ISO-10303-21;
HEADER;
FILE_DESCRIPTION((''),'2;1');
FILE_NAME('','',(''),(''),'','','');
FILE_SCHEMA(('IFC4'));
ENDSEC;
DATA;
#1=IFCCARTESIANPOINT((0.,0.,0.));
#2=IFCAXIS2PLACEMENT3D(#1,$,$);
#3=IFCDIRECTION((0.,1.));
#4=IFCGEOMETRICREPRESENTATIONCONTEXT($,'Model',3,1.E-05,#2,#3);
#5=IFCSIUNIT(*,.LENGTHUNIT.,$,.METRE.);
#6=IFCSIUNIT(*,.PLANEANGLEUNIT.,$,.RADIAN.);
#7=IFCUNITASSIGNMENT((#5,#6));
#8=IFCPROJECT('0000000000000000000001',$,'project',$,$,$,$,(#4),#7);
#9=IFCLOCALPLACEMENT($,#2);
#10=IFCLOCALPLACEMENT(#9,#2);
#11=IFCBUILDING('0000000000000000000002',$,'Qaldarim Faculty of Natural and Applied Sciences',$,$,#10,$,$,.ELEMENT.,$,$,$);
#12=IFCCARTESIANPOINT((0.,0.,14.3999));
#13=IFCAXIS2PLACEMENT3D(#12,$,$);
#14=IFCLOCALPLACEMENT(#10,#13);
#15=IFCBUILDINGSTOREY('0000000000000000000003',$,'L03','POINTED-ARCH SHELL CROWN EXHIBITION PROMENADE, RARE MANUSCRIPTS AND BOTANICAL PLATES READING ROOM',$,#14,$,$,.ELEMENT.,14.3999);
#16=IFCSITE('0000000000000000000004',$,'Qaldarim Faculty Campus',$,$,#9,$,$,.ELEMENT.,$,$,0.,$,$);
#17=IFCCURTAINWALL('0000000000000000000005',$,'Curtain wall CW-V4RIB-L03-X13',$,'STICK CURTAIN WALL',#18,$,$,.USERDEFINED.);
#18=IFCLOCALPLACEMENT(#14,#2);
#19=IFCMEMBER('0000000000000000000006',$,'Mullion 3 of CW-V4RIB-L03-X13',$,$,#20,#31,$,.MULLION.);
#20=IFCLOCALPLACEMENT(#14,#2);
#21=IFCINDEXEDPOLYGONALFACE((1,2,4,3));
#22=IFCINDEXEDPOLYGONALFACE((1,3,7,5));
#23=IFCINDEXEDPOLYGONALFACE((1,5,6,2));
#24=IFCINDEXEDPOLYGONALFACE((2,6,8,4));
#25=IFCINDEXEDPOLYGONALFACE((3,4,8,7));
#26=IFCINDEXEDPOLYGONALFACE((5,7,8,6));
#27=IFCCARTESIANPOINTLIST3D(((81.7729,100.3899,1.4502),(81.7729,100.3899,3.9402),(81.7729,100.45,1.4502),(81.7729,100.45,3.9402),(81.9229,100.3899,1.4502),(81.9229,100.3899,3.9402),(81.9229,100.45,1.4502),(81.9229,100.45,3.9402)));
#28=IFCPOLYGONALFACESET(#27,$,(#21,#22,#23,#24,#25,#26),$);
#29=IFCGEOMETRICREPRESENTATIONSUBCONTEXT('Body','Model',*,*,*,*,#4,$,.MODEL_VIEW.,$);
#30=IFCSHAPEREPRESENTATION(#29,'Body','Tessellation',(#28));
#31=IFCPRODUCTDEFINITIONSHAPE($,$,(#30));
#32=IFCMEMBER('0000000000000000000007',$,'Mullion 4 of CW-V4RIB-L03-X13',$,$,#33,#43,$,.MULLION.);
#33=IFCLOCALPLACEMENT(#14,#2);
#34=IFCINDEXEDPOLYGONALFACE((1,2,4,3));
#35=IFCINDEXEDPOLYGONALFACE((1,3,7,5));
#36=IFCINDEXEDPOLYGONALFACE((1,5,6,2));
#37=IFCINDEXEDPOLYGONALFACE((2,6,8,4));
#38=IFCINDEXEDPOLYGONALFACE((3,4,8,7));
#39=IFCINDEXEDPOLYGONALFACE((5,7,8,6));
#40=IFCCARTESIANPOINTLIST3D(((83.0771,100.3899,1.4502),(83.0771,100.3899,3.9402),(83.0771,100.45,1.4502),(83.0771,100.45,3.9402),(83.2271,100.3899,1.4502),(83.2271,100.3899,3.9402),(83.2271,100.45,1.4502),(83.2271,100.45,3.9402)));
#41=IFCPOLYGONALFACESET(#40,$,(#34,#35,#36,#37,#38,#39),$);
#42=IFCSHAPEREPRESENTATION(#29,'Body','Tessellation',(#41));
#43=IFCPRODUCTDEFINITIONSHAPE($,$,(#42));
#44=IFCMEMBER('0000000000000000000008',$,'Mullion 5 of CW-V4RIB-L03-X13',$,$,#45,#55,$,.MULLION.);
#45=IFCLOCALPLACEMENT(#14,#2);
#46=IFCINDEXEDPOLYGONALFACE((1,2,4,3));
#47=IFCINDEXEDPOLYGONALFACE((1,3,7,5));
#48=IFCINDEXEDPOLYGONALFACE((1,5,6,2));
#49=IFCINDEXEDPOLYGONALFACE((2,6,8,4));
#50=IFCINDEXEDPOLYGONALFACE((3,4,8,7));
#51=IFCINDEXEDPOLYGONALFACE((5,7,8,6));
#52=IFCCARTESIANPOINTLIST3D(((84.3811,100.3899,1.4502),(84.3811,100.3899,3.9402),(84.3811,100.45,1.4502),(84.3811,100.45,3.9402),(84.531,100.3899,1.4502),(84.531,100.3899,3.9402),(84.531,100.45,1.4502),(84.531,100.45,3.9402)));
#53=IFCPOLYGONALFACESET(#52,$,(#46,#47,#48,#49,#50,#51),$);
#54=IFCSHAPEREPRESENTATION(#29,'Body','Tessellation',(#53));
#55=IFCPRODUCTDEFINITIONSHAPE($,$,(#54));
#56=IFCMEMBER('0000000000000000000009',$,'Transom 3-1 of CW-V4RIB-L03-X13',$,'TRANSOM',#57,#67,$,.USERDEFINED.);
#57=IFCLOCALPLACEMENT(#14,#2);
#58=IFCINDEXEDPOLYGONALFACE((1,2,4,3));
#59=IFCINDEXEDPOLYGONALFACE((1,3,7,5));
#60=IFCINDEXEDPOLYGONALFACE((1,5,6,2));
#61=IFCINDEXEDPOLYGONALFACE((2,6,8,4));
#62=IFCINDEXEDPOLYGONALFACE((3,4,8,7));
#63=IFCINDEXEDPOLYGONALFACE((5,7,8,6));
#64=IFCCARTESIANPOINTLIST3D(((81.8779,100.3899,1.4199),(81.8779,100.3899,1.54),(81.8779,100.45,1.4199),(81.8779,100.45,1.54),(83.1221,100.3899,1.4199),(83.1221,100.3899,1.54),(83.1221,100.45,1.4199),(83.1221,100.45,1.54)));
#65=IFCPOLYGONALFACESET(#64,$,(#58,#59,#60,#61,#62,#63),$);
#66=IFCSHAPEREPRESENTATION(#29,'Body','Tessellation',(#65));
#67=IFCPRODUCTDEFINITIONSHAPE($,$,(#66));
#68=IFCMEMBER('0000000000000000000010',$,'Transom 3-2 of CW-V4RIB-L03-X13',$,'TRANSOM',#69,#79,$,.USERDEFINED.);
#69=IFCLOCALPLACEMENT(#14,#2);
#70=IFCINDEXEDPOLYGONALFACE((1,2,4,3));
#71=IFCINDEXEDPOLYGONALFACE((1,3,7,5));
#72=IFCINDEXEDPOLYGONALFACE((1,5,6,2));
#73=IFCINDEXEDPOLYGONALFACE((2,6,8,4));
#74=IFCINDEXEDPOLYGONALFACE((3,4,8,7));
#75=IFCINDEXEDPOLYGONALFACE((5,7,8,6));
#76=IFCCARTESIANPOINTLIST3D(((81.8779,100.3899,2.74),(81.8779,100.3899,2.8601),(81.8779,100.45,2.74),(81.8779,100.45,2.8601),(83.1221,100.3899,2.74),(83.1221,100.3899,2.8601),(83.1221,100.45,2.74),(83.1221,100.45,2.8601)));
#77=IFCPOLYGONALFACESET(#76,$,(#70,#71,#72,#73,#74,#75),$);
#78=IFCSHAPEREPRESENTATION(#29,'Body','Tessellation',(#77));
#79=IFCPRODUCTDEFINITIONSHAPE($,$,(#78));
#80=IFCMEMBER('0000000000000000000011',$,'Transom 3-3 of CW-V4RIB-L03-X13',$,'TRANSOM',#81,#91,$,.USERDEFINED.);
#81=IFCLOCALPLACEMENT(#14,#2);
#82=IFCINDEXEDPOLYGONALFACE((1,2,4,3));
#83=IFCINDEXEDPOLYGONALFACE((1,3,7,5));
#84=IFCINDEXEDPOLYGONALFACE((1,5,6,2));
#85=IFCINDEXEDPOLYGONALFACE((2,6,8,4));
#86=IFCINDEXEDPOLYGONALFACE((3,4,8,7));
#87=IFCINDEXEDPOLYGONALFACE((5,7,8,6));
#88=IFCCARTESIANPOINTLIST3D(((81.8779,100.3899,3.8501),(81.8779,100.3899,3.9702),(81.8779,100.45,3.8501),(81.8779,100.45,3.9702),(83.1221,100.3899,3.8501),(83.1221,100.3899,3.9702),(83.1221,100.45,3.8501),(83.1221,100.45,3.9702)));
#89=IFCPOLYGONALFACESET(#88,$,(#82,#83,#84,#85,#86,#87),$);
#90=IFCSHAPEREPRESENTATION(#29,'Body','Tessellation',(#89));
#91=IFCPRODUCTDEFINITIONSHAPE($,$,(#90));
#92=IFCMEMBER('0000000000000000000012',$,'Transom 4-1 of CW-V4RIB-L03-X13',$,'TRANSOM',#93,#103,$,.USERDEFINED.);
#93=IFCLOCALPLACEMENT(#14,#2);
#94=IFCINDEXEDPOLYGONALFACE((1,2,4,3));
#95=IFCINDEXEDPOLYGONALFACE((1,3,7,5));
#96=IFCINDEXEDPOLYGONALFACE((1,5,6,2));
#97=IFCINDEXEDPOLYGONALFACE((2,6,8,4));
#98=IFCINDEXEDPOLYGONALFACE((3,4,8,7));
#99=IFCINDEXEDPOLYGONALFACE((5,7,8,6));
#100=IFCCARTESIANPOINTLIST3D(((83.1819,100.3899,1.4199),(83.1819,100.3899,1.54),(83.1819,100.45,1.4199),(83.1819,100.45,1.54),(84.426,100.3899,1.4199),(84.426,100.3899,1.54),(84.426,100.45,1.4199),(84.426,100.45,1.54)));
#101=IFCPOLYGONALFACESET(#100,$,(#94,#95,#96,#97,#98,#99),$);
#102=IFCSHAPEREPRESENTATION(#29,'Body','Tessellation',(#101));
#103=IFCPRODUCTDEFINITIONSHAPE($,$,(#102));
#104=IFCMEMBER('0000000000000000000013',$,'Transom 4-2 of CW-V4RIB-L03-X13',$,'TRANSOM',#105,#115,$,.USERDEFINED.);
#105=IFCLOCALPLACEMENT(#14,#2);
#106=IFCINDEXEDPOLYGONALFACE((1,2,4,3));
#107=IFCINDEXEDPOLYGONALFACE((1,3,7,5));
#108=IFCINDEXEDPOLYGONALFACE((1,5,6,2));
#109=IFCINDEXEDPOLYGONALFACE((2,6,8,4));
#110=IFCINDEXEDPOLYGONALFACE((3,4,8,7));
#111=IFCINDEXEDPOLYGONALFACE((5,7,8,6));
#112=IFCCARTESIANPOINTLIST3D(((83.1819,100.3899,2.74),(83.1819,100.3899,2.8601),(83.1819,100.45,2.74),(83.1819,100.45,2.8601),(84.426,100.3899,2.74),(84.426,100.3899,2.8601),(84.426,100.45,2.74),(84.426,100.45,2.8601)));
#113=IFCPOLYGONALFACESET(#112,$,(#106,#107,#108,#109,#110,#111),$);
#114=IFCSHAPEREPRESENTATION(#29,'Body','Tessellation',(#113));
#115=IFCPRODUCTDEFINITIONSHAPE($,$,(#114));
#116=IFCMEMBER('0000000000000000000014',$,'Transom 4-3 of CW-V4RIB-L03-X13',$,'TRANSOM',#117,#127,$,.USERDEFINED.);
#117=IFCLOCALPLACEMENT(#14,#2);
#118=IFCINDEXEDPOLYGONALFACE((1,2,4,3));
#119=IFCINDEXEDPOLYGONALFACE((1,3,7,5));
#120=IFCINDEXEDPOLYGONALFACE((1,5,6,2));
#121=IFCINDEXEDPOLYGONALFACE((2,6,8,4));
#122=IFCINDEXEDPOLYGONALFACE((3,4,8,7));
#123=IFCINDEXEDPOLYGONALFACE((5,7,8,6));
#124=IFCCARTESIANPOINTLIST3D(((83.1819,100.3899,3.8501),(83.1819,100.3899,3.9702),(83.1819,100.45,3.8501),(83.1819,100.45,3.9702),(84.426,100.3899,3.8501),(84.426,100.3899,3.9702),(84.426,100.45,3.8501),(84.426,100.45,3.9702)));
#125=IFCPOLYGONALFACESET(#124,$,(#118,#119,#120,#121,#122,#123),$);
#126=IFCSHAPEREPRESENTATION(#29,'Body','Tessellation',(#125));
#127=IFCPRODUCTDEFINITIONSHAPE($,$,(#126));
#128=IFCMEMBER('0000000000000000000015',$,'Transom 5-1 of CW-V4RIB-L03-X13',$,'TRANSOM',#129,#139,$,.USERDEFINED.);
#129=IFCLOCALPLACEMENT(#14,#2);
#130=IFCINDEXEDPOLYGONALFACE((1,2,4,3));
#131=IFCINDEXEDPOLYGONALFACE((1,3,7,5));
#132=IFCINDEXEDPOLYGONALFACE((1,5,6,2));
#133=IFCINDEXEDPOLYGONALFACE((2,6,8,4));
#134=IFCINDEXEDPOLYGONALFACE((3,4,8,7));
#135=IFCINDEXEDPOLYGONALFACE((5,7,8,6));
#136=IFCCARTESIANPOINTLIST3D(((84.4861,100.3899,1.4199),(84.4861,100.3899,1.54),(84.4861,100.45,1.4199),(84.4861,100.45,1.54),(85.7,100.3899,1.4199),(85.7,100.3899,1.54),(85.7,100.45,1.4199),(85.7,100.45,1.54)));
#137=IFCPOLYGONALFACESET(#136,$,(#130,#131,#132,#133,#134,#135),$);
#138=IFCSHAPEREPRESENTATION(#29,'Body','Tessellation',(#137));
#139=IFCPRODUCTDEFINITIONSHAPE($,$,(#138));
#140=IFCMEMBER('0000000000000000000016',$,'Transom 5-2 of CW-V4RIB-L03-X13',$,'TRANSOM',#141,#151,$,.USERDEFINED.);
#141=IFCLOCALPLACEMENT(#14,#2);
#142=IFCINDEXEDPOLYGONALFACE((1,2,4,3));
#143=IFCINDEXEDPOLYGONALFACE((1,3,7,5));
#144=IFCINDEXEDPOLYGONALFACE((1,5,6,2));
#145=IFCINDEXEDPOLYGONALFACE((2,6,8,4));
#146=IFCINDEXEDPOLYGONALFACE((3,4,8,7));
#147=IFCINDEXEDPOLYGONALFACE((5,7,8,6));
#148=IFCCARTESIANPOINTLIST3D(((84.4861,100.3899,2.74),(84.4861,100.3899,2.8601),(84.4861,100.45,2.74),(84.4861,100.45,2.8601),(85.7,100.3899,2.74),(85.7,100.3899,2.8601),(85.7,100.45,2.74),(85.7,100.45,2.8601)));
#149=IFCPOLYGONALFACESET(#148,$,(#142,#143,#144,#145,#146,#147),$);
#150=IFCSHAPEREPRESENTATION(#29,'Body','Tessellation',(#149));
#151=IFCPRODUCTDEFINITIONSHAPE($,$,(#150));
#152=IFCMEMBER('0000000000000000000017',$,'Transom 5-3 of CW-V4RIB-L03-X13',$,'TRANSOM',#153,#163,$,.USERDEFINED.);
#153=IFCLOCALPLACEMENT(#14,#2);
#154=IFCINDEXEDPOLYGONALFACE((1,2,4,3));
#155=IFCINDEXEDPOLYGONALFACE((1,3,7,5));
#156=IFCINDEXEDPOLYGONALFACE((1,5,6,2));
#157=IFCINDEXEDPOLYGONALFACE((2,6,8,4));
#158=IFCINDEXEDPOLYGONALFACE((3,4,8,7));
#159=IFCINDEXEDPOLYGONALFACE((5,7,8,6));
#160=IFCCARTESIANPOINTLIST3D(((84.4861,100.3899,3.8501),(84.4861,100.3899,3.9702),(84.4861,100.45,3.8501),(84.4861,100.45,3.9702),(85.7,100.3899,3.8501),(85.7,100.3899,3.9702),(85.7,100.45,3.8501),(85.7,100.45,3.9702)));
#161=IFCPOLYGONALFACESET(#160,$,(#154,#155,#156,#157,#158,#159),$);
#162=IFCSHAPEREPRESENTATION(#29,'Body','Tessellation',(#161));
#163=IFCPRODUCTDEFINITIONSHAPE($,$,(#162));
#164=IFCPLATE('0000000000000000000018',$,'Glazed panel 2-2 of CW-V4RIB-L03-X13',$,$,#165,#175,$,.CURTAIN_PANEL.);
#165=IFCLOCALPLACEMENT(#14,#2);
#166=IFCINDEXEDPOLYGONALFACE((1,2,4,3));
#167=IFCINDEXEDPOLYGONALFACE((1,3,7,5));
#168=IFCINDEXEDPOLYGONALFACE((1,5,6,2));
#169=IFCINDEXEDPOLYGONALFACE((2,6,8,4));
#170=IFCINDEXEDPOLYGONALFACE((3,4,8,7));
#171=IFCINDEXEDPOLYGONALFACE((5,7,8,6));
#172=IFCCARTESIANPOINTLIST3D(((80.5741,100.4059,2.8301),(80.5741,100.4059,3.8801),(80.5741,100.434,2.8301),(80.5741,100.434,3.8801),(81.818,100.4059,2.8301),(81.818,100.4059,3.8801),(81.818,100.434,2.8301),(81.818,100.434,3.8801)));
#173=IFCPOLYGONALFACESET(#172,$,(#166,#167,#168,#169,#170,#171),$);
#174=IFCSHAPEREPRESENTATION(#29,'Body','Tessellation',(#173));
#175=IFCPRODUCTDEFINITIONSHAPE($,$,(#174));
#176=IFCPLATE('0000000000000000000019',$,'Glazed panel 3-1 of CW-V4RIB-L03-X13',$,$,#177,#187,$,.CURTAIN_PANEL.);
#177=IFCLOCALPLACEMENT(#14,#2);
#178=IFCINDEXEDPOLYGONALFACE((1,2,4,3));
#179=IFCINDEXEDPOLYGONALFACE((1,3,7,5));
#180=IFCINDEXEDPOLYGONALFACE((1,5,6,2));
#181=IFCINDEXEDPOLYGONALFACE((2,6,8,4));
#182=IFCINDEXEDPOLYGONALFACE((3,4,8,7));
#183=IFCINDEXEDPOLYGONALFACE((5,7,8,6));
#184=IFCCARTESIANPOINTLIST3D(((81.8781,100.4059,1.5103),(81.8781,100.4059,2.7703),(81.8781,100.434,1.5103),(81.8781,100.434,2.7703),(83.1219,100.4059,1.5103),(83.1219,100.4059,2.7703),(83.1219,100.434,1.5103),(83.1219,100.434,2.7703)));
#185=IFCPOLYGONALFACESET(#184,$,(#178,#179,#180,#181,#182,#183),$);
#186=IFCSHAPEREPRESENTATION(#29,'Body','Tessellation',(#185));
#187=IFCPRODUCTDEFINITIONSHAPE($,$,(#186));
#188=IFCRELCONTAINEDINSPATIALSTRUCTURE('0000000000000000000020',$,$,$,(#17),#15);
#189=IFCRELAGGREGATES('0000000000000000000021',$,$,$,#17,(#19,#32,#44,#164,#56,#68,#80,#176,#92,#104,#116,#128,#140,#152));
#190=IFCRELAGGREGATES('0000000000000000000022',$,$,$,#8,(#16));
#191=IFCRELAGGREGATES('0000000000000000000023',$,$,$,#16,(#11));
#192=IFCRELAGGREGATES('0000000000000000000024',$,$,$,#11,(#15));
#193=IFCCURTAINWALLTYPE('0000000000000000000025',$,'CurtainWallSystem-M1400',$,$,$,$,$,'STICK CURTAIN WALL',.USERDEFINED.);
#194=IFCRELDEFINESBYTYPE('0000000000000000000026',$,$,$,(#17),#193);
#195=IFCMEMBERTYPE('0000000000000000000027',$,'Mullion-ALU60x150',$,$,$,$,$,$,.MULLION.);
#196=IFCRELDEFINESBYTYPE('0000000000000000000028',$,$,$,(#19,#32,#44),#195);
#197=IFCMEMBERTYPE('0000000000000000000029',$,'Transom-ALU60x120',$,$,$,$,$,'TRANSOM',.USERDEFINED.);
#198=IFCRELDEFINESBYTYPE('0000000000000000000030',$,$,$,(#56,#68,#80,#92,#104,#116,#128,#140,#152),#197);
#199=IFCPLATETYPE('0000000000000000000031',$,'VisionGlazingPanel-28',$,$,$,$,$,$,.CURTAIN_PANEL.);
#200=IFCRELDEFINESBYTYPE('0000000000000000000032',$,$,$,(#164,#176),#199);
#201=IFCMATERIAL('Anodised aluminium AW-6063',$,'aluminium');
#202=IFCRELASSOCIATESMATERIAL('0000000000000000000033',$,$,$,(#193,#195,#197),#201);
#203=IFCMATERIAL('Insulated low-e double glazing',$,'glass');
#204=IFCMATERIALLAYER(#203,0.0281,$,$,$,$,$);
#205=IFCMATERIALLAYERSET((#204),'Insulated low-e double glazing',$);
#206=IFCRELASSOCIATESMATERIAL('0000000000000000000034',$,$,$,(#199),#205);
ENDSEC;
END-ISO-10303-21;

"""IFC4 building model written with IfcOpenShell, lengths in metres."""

from ifc_helpers import new_model, si_unit, direction, frame, origin, origin_2d, place, context, subcontext, project, spatial, rectangle, extrude, material, layer, layer_set, material_profile, profile_set, type_object, element, aggregate, save


model = new_model("IFC4")

# Units and contexts
model_context = context("Model", 3, precision=1e-05, world=origin(), true_north=direction((0.0, 1.0)))
body_context = subcontext(model_context, "Body", "Model", "MODEL_VIEW")
ifc_project = project(units=[si_unit("LENGTHUNIT", "METRE"), si_unit("PLANEANGLEUNIT", "RADIAN")], contexts=[model_context])

# Site, building, storey
site_placement = place(None, origin())
site = spatial("IfcSite", under=ifc_project, at=site_placement, Name="Qaldarim Faculty Campus", CompositionType="ELEMENT", RefElevation=0.0)
building_placement = place(site_placement, origin())
building = spatial("IfcBuilding", under=site, at=building_placement, Name="Qaldarim Faculty of Natural and Applied Sciences", CompositionType="ELEMENT")
storey_placement = place(building_placement, frame((0.0, 0.0, 14.3999)))
storey = spatial("IfcBuildingStorey", under=building, at=storey_placement, Name="L03", Description="POINTED-ARCH SHELL CROWN EXHIBITION PROMENADE, RARE MANUSCRIPTS AND BOTANICAL PLATES READING ROOM", CompositionType="ELEMENT", Elevation=14.3999)

# Curtain wall, members, plates
ifc_material_1 = material(Name="Anodised aluminium AW-6063", Category="aluminium")
curtain_wall_type = type_object("IfcCurtainWallType", Name="CurtainWallSystem-M1400", ElementType="STICK CURTAIN WALL", PredefinedType="USERDEFINED", material=ifc_material_1)
curtain_wall_placement = place(storey_placement, origin())
curtain_wall = element("IfcCurtainWall", 1, at=curtain_wall_placement, inside=storey, type_object=curtain_wall_type, Name="Curtain wall CW-V4RIB-L03-X13", ObjectType="STICK CURTAIN WALL", PredefinedType="USERDEFINED")
ifc_material_profile_1 = material_profile(ifc_material_1, rectangle(XDim=0.0601, YDim=0.1499, at=origin_2d()), Name="ALU-M60x150")
ifc_profile_set_1 = profile_set([ifc_material_profile_1], Name="Anodised aluminium AW-6063")
member_type_1 = type_object("IfcMemberType", Name="Mullion-ALU60x150", PredefinedType="MULLION", material=ifc_profile_set_1)
member_1_placement = place(storey_placement, frame((81.8479, 100.4199, 1.4502), z_axis=(0.0, 0.0, 1.0), x_axis=(0.0, 1.0, 0.0)))
member_1 = element("IfcMember", 2, at=member_1_placement, type_object=member_type_1, Name="Mullion 3 of CW-V4RIB-L03-X13", PredefinedType="MULLION", context=body_context, shape_type="SweptSolid", body=[
    extrude(rectangle(XDim=0.0601, YDim=0.1499, at=origin_2d()), origin(), (0.0, 0.0, 1.0), 2.49),
])
member_2_placement = place(storey_placement, frame((83.1521, 100.4199, 1.4502), z_axis=(0.0, 0.0, 1.0), x_axis=(0.0, 1.0, 0.0)))
member_2 = element("IfcMember", 3, at=member_2_placement, type_object=member_type_1, Name="Mullion 4 of CW-V4RIB-L03-X13", PredefinedType="MULLION", context=body_context, shape_type="SweptSolid", body=[
    extrude(rectangle(XDim=0.0601, YDim=0.1499, at=origin_2d()), origin(), (0.0, 0.0, 1.0), 2.49),
])
member_3_placement = place(storey_placement, frame((84.4561, 100.4199, 1.4502), z_axis=(0.0, 0.0, 1.0), x_axis=(0.0, 1.0, 0.0)))
member_3 = element("IfcMember", 4, at=member_3_placement, type_object=member_type_1, Name="Mullion 5 of CW-V4RIB-L03-X13", PredefinedType="MULLION", context=body_context, shape_type="SweptSolid", body=[
    extrude(rectangle(XDim=0.0601, YDim=0.1499, at=origin_2d()), origin(), (0.0, 0.0, 1.0), 2.49),
])
ifc_material_profile_2 = material_profile(ifc_material_1, rectangle(XDim=0.0601, YDim=0.1201, at=origin_2d()), Name="ALU-T60x120")
ifc_profile_set_2 = profile_set([ifc_material_profile_2], Name="Anodised aluminium AW-6063")
member_type_2 = type_object("IfcMemberType", Name="Transom-ALU60x120", ElementType="TRANSOM", PredefinedType="USERDEFINED", material=ifc_profile_set_2)
member_4_placement = place(storey_placement, frame((81.8779, 100.4199, 1.48), z_axis=(1.0, 0.0, 0.0), x_axis=(0.0, 1.0, 0.0)))
member_4 = element("IfcMember", 5, at=member_4_placement, type_object=member_type_2, Name="Transom 3-1 of CW-V4RIB-L03-X13", ObjectType="TRANSOM", PredefinedType="USERDEFINED", context=body_context, shape_type="SweptSolid", body=[
    extrude(rectangle(XDim=0.0601, YDim=0.1201, at=origin_2d()), origin(), (0.0, 0.0, 1.0), 1.2441),
])
member_5_placement = place(storey_placement, frame((81.8779, 100.4199, 2.8), z_axis=(1.0, 0.0, 0.0), x_axis=(0.0, 1.0, 0.0)))
member_5 = element("IfcMember", 6, at=member_5_placement, type_object=member_type_2, Name="Transom 3-2 of CW-V4RIB-L03-X13", ObjectType="TRANSOM", PredefinedType="USERDEFINED", context=body_context, shape_type="SweptSolid", body=[
    extrude(rectangle(XDim=0.0601, YDim=0.1201, at=origin_2d()), origin(), (0.0, 0.0, 1.0), 1.2441),
])
member_6_placement = place(storey_placement, frame((81.8779, 100.4199, 3.9102), z_axis=(1.0, 0.0, 0.0), x_axis=(0.0, 1.0, 0.0)))
member_6 = element("IfcMember", 7, at=member_6_placement, type_object=member_type_2, Name="Transom 3-3 of CW-V4RIB-L03-X13", ObjectType="TRANSOM", PredefinedType="USERDEFINED", context=body_context, shape_type="SweptSolid", body=[
    extrude(rectangle(XDim=0.0601, YDim=0.1201, at=origin_2d()), origin(), (0.0, 0.0, 1.0), 1.2441),
])
member_7_placement = place(storey_placement, frame((83.1819, 100.4199, 1.48), z_axis=(1.0, 0.0, 0.0), x_axis=(0.0, 1.0, 0.0)))
member_7 = element("IfcMember", 8, at=member_7_placement, type_object=member_type_2, Name="Transom 4-1 of CW-V4RIB-L03-X13", ObjectType="TRANSOM", PredefinedType="USERDEFINED", context=body_context, shape_type="SweptSolid", body=[
    extrude(rectangle(XDim=0.0601, YDim=0.1201, at=origin_2d()), origin(), (0.0, 0.0, 1.0), 1.2441),
])
member_8_placement = place(storey_placement, frame((83.1819, 100.4199, 2.8), z_axis=(1.0, 0.0, 0.0), x_axis=(0.0, 1.0, 0.0)))
member_8 = element("IfcMember", 9, at=member_8_placement, type_object=member_type_2, Name="Transom 4-2 of CW-V4RIB-L03-X13", ObjectType="TRANSOM", PredefinedType="USERDEFINED", context=body_context, shape_type="SweptSolid", body=[
    extrude(rectangle(XDim=0.0601, YDim=0.1201, at=origin_2d()), origin(), (0.0, 0.0, 1.0), 1.2441),
])
member_9_placement = place(storey_placement, frame((83.1819, 100.4199, 3.9102), z_axis=(1.0, 0.0, 0.0), x_axis=(0.0, 1.0, 0.0)))
member_9 = element("IfcMember", 10, at=member_9_placement, type_object=member_type_2, Name="Transom 4-3 of CW-V4RIB-L03-X13", ObjectType="TRANSOM", PredefinedType="USERDEFINED", context=body_context, shape_type="SweptSolid", body=[
    extrude(rectangle(XDim=0.0601, YDim=0.1201, at=origin_2d()), origin(), (0.0, 0.0, 1.0), 1.2441),
])
member_10_placement = place(storey_placement, frame((84.4861, 100.4199, 1.48), z_axis=(1.0, 0.0, 0.0), x_axis=(0.0, 1.0, 0.0)))
member_10 = element("IfcMember", 11, at=member_10_placement, type_object=member_type_2, Name="Transom 5-1 of CW-V4RIB-L03-X13", ObjectType="TRANSOM", PredefinedType="USERDEFINED", context=body_context, shape_type="SweptSolid", body=[
    extrude(rectangle(XDim=0.0601, YDim=0.1201, at=origin_2d()), origin(), (0.0, 0.0, 1.0), 1.2139),
])
member_11_placement = place(storey_placement, frame((84.4861, 100.4199, 2.8), z_axis=(1.0, 0.0, 0.0), x_axis=(0.0, 1.0, 0.0)))
member_11 = element("IfcMember", 12, at=member_11_placement, type_object=member_type_2, Name="Transom 5-2 of CW-V4RIB-L03-X13", ObjectType="TRANSOM", PredefinedType="USERDEFINED", context=body_context, shape_type="SweptSolid", body=[
    extrude(rectangle(XDim=0.0601, YDim=0.1201, at=origin_2d()), origin(), (0.0, 0.0, 1.0), 1.2139),
])
member_12_placement = place(storey_placement, frame((84.4861, 100.4199, 3.9102), z_axis=(1.0, 0.0, 0.0), x_axis=(0.0, 1.0, 0.0)))
member_12 = element("IfcMember", 13, at=member_12_placement, type_object=member_type_2, Name="Transom 5-3 of CW-V4RIB-L03-X13", ObjectType="TRANSOM", PredefinedType="USERDEFINED", context=body_context, shape_type="SweptSolid", body=[
    extrude(rectangle(XDim=0.0601, YDim=0.1201, at=origin_2d()), origin(), (0.0, 0.0, 1.0), 1.2139),
])
ifc_material_2 = material(Name="Insulated low-e double glazing", Category="glass")
ifc_layer_1 = layer(ifc_material_2, 0.0281)
ifc_layer_set_1 = layer_set([ifc_layer_1], Name="Insulated low-e double glazing")
plate_type = type_object("IfcPlateType", Name="VisionGlazingPanel-28", PredefinedType="CURTAIN_PANEL", material=ifc_layer_set_1)
plate_1_placement = place(storey_placement, frame((81.196, 100.4199, 2.8301), z_axis=(0.0, 0.0, 1.0), x_axis=(1.0, 0.0, 0.0)))
plate_1 = element("IfcPlate", 14, at=plate_1_placement, type_object=plate_type, Name="Glazed panel 2-2 of CW-V4RIB-L03-X13", PredefinedType="CURTAIN_PANEL", context=body_context, shape_type="SweptSolid", body=[
    extrude(rectangle(XDim=1.2439, YDim=0.0281, at=origin_2d()), origin(), (0.0, 0.0, 1.0), 1.05),
])
plate_2_placement = place(storey_placement, frame((82.5, 100.4199, 1.5103), z_axis=(0.0, 0.0, 1.0), x_axis=(1.0, 0.0, 0.0)))
plate_2 = element("IfcPlate", 15, at=plate_2_placement, type_object=plate_type, Name="Glazed panel 3-1 of CW-V4RIB-L03-X13", PredefinedType="CURTAIN_PANEL", context=body_context, shape_type="SweptSolid", body=[
    extrude(rectangle(XDim=1.2439, YDim=0.0281, at=origin_2d()), origin(), (0.0, 0.0, 1.0), 1.26),
])
aggregate(curtain_wall, [member_1, member_2, member_3, plate_1, member_4, member_5, member_6, plate_2, member_7, member_8, member_9, member_10, member_11, member_12])

save(model, "model.ifc")
